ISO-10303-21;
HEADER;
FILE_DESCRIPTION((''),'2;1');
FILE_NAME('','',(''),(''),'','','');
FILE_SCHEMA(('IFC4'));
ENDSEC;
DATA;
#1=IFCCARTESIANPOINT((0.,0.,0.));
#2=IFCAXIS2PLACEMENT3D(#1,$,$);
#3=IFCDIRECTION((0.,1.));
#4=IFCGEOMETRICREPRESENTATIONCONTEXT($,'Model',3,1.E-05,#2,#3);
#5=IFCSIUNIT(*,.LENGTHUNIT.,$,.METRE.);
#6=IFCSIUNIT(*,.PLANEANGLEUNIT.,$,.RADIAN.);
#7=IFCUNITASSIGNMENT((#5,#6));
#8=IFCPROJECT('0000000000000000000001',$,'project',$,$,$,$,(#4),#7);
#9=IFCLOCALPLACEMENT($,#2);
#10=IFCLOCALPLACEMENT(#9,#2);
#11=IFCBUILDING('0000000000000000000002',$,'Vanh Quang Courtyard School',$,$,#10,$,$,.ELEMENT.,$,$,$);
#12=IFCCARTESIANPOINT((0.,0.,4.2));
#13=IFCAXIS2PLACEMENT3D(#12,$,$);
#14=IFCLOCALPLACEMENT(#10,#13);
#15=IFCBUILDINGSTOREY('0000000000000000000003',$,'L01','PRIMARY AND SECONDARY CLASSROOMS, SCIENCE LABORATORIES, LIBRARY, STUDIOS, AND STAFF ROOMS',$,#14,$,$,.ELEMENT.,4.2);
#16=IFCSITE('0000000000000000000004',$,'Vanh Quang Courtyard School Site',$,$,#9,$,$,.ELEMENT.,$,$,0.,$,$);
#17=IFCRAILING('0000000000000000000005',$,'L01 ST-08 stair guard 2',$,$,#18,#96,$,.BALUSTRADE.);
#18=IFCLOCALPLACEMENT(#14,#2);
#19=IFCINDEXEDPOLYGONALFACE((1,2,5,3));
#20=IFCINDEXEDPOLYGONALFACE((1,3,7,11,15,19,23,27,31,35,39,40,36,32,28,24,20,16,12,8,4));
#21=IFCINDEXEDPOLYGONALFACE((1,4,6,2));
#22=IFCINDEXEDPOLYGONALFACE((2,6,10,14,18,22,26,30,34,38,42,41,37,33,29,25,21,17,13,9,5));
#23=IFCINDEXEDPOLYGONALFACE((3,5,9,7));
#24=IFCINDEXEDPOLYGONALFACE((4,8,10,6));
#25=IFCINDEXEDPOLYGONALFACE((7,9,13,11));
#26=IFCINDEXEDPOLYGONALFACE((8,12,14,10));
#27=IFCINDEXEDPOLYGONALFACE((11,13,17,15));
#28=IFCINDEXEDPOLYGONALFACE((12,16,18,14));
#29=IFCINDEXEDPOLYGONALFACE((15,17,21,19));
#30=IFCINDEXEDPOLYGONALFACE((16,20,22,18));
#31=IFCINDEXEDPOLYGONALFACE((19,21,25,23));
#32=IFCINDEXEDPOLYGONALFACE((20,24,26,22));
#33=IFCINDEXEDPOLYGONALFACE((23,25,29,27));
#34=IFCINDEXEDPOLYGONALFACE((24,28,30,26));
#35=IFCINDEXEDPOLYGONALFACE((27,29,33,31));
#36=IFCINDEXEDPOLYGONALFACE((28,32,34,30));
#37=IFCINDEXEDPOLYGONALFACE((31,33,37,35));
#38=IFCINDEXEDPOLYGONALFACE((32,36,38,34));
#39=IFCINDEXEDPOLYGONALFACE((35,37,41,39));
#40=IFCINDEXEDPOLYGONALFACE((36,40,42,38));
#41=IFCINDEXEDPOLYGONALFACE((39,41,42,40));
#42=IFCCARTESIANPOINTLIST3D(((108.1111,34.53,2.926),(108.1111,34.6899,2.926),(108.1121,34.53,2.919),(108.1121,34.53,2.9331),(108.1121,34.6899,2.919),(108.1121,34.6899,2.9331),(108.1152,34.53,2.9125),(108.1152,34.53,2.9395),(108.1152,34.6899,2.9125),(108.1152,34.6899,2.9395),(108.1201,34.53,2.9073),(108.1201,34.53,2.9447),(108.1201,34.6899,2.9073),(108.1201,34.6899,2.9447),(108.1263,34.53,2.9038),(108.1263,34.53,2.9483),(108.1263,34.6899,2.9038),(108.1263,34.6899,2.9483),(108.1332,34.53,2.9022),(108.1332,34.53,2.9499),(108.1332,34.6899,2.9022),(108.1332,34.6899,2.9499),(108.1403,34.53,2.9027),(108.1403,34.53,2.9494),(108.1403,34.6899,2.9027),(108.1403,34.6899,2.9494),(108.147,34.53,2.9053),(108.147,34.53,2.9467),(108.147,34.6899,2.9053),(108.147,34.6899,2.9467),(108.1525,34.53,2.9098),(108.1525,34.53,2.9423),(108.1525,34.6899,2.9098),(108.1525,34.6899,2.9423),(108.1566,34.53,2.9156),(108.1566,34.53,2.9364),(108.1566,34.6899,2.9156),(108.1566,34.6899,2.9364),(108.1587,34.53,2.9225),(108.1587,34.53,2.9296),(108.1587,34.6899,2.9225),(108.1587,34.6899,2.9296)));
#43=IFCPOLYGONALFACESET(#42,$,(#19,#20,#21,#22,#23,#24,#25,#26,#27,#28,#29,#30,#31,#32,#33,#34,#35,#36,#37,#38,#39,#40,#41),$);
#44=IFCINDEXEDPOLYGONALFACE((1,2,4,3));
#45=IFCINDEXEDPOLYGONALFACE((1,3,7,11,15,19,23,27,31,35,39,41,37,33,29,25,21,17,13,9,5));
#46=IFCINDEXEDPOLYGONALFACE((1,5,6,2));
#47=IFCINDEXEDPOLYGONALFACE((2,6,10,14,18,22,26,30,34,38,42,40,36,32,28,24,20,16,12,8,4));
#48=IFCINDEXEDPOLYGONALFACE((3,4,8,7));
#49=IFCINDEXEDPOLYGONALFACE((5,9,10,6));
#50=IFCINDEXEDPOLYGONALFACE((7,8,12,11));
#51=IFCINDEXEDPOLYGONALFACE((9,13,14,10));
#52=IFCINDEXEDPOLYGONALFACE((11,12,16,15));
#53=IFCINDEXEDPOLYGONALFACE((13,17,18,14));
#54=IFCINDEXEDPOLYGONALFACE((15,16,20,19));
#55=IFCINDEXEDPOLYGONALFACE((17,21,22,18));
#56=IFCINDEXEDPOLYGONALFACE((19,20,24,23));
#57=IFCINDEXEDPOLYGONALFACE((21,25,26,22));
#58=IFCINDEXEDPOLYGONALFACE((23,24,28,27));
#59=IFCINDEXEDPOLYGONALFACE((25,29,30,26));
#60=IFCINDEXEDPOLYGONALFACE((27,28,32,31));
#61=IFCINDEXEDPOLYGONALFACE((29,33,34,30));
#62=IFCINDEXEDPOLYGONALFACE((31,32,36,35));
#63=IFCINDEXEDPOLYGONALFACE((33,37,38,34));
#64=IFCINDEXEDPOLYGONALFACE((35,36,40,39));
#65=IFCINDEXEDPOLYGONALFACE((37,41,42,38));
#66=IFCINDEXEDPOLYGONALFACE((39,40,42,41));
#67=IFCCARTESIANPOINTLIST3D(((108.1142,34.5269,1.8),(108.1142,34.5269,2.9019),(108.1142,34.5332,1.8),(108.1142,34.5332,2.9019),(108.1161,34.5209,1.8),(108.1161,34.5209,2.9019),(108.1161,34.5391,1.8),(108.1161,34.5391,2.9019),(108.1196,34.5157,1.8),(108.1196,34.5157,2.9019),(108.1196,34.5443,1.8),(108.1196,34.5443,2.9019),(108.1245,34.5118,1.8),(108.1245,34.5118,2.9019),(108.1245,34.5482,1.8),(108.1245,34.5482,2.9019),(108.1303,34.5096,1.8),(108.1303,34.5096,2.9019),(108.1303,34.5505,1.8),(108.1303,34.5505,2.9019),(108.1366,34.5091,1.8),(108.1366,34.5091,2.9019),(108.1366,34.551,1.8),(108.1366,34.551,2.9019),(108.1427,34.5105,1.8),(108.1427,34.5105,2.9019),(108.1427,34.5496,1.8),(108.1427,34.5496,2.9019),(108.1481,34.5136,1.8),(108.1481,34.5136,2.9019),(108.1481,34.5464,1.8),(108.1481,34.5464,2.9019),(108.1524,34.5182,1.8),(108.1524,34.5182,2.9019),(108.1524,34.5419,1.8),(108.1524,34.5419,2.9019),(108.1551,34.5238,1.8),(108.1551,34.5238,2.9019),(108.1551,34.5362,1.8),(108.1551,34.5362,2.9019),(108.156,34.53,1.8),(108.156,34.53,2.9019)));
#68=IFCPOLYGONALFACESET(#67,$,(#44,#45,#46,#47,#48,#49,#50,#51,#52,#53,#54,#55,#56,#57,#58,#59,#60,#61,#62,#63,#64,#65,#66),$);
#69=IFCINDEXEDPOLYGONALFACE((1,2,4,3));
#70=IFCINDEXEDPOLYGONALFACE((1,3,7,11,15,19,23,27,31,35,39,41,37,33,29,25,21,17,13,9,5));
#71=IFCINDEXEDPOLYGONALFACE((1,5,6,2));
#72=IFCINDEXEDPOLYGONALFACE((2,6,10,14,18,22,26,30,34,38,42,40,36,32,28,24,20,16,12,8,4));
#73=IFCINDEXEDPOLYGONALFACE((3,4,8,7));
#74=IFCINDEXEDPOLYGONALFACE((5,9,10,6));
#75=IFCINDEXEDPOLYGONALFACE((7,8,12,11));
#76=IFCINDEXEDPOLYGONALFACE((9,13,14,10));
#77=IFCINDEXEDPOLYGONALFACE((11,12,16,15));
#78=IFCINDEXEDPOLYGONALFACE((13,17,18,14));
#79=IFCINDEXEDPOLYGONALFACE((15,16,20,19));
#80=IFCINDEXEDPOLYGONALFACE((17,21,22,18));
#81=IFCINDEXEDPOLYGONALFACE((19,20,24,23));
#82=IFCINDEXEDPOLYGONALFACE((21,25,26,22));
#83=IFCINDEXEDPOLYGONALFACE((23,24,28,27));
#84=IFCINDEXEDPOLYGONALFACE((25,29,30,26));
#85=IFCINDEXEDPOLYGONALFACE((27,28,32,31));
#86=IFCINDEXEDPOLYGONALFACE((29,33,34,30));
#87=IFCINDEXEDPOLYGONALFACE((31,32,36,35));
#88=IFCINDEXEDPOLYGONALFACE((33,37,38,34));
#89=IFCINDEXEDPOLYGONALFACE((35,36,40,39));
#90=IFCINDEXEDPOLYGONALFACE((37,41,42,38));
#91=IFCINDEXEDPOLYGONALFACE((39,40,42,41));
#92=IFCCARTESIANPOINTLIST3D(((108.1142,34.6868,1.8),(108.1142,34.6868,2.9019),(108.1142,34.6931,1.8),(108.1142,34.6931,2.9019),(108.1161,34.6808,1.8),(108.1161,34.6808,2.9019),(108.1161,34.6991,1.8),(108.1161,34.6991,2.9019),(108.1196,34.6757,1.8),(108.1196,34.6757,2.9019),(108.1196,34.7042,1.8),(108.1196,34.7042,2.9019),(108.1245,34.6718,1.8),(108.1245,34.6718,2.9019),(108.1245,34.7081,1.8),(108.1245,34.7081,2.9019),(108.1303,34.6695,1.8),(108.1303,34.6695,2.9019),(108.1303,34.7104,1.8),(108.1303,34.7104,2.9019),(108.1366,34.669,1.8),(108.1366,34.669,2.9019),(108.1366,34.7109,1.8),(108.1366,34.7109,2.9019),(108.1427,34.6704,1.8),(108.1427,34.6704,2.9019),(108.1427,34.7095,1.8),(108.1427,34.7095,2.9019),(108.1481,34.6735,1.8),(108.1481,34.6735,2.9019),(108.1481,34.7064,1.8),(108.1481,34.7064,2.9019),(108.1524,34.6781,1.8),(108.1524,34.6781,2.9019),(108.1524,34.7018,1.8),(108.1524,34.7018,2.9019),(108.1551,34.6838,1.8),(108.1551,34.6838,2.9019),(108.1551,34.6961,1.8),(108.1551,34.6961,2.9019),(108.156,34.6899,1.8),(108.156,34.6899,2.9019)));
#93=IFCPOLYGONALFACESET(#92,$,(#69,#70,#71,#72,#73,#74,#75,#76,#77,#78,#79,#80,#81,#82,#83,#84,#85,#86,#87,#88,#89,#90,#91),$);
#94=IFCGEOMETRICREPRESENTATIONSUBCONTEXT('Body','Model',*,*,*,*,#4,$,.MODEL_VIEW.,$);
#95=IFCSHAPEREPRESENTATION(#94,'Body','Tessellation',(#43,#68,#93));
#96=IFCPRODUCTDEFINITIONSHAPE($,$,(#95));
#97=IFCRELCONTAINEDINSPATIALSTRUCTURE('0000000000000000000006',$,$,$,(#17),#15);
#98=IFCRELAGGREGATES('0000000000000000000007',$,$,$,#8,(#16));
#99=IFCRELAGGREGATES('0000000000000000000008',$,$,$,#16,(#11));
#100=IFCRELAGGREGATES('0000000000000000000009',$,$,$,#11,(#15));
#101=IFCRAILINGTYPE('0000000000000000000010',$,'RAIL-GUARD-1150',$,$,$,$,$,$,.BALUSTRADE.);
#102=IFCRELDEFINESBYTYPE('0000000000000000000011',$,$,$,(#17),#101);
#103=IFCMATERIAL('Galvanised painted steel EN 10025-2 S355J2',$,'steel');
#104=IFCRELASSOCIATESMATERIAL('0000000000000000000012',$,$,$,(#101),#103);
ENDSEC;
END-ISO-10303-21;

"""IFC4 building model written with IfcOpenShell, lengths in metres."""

from ifc_helpers import new_model, si_unit, direction, frame, origin, origin_2d, place, context, subcontext, project, spatial, circle, extrude, material, type_object, element, save


model = new_model("IFC4")

# Units and contexts
model_context = context("Model", 3, precision=1e-05, world=origin(), true_north=direction((0.0, 1.0)))
body_context = subcontext(model_context, "Body", "Model", "MODEL_VIEW")
ifc_project = project(units=[si_unit("LENGTHUNIT", "METRE"), si_unit("PLANEANGLEUNIT", "RADIAN")], contexts=[model_context])

# Site, building, storey
site_placement = place(None, origin())
site = spatial("IfcSite", under=ifc_project, at=site_placement, Name="Vanh Quang Courtyard School Site", CompositionType="ELEMENT", RefElevation=0.0)
building_placement = place(site_placement, origin())
building = spatial("IfcBuilding", under=site, at=building_placement, Name="Vanh Quang Courtyard School", CompositionType="ELEMENT")
storey_placement = place(building_placement, frame((0.0, 0.0, 4.2)))
storey = spatial("IfcBuildingStorey", under=building, at=storey_placement, Name="L01", Description="PRIMARY AND SECONDARY CLASSROOMS, SCIENCE LABORATORIES, LIBRARY, STUDIOS, AND STAFF ROOMS", CompositionType="ELEMENT", Elevation=4.2)

# Railing
ifc_material_1 = material(Name="Galvanised painted steel EN 10025-2 S355J2", Category="steel")
railing_type_1 = type_object("IfcRailingType", Name="RAIL-GUARD-1150", PredefinedType="BALUSTRADE", material=ifc_material_1)
railing_1_placement = place(storey_placement, frame((108.135, 34.53, 1.8)))
element("IfcRailing", 1, at=railing_1_placement, inside=storey, type_object=railing_type_1, Name="L01 ST-08 stair guard 2", PredefinedType="BALUSTRADE", context=body_context, shape_type="SweptSolid", body=[
    extrude(circle(Radius=0.0239, at=origin_2d()), frame((0.0, 0.0, 1.126), z_axis=(0.0, 1.0, 0.0), x_axis=(-1.0, 0.0, 0.0)), (0.0, 0.0, 1.0), 0.1599),
    extrude(circle(Radius=0.021, at=origin_2d()), origin(), (0.0, 0.0, 1.0), 1.1018),
    extrude(circle(Radius=0.021, at=origin_2d()), frame((0.0, 0.1599, 0.0)), (0.0, 0.0, 1.0), 1.1018),
])

save(model, "model.ifc")
